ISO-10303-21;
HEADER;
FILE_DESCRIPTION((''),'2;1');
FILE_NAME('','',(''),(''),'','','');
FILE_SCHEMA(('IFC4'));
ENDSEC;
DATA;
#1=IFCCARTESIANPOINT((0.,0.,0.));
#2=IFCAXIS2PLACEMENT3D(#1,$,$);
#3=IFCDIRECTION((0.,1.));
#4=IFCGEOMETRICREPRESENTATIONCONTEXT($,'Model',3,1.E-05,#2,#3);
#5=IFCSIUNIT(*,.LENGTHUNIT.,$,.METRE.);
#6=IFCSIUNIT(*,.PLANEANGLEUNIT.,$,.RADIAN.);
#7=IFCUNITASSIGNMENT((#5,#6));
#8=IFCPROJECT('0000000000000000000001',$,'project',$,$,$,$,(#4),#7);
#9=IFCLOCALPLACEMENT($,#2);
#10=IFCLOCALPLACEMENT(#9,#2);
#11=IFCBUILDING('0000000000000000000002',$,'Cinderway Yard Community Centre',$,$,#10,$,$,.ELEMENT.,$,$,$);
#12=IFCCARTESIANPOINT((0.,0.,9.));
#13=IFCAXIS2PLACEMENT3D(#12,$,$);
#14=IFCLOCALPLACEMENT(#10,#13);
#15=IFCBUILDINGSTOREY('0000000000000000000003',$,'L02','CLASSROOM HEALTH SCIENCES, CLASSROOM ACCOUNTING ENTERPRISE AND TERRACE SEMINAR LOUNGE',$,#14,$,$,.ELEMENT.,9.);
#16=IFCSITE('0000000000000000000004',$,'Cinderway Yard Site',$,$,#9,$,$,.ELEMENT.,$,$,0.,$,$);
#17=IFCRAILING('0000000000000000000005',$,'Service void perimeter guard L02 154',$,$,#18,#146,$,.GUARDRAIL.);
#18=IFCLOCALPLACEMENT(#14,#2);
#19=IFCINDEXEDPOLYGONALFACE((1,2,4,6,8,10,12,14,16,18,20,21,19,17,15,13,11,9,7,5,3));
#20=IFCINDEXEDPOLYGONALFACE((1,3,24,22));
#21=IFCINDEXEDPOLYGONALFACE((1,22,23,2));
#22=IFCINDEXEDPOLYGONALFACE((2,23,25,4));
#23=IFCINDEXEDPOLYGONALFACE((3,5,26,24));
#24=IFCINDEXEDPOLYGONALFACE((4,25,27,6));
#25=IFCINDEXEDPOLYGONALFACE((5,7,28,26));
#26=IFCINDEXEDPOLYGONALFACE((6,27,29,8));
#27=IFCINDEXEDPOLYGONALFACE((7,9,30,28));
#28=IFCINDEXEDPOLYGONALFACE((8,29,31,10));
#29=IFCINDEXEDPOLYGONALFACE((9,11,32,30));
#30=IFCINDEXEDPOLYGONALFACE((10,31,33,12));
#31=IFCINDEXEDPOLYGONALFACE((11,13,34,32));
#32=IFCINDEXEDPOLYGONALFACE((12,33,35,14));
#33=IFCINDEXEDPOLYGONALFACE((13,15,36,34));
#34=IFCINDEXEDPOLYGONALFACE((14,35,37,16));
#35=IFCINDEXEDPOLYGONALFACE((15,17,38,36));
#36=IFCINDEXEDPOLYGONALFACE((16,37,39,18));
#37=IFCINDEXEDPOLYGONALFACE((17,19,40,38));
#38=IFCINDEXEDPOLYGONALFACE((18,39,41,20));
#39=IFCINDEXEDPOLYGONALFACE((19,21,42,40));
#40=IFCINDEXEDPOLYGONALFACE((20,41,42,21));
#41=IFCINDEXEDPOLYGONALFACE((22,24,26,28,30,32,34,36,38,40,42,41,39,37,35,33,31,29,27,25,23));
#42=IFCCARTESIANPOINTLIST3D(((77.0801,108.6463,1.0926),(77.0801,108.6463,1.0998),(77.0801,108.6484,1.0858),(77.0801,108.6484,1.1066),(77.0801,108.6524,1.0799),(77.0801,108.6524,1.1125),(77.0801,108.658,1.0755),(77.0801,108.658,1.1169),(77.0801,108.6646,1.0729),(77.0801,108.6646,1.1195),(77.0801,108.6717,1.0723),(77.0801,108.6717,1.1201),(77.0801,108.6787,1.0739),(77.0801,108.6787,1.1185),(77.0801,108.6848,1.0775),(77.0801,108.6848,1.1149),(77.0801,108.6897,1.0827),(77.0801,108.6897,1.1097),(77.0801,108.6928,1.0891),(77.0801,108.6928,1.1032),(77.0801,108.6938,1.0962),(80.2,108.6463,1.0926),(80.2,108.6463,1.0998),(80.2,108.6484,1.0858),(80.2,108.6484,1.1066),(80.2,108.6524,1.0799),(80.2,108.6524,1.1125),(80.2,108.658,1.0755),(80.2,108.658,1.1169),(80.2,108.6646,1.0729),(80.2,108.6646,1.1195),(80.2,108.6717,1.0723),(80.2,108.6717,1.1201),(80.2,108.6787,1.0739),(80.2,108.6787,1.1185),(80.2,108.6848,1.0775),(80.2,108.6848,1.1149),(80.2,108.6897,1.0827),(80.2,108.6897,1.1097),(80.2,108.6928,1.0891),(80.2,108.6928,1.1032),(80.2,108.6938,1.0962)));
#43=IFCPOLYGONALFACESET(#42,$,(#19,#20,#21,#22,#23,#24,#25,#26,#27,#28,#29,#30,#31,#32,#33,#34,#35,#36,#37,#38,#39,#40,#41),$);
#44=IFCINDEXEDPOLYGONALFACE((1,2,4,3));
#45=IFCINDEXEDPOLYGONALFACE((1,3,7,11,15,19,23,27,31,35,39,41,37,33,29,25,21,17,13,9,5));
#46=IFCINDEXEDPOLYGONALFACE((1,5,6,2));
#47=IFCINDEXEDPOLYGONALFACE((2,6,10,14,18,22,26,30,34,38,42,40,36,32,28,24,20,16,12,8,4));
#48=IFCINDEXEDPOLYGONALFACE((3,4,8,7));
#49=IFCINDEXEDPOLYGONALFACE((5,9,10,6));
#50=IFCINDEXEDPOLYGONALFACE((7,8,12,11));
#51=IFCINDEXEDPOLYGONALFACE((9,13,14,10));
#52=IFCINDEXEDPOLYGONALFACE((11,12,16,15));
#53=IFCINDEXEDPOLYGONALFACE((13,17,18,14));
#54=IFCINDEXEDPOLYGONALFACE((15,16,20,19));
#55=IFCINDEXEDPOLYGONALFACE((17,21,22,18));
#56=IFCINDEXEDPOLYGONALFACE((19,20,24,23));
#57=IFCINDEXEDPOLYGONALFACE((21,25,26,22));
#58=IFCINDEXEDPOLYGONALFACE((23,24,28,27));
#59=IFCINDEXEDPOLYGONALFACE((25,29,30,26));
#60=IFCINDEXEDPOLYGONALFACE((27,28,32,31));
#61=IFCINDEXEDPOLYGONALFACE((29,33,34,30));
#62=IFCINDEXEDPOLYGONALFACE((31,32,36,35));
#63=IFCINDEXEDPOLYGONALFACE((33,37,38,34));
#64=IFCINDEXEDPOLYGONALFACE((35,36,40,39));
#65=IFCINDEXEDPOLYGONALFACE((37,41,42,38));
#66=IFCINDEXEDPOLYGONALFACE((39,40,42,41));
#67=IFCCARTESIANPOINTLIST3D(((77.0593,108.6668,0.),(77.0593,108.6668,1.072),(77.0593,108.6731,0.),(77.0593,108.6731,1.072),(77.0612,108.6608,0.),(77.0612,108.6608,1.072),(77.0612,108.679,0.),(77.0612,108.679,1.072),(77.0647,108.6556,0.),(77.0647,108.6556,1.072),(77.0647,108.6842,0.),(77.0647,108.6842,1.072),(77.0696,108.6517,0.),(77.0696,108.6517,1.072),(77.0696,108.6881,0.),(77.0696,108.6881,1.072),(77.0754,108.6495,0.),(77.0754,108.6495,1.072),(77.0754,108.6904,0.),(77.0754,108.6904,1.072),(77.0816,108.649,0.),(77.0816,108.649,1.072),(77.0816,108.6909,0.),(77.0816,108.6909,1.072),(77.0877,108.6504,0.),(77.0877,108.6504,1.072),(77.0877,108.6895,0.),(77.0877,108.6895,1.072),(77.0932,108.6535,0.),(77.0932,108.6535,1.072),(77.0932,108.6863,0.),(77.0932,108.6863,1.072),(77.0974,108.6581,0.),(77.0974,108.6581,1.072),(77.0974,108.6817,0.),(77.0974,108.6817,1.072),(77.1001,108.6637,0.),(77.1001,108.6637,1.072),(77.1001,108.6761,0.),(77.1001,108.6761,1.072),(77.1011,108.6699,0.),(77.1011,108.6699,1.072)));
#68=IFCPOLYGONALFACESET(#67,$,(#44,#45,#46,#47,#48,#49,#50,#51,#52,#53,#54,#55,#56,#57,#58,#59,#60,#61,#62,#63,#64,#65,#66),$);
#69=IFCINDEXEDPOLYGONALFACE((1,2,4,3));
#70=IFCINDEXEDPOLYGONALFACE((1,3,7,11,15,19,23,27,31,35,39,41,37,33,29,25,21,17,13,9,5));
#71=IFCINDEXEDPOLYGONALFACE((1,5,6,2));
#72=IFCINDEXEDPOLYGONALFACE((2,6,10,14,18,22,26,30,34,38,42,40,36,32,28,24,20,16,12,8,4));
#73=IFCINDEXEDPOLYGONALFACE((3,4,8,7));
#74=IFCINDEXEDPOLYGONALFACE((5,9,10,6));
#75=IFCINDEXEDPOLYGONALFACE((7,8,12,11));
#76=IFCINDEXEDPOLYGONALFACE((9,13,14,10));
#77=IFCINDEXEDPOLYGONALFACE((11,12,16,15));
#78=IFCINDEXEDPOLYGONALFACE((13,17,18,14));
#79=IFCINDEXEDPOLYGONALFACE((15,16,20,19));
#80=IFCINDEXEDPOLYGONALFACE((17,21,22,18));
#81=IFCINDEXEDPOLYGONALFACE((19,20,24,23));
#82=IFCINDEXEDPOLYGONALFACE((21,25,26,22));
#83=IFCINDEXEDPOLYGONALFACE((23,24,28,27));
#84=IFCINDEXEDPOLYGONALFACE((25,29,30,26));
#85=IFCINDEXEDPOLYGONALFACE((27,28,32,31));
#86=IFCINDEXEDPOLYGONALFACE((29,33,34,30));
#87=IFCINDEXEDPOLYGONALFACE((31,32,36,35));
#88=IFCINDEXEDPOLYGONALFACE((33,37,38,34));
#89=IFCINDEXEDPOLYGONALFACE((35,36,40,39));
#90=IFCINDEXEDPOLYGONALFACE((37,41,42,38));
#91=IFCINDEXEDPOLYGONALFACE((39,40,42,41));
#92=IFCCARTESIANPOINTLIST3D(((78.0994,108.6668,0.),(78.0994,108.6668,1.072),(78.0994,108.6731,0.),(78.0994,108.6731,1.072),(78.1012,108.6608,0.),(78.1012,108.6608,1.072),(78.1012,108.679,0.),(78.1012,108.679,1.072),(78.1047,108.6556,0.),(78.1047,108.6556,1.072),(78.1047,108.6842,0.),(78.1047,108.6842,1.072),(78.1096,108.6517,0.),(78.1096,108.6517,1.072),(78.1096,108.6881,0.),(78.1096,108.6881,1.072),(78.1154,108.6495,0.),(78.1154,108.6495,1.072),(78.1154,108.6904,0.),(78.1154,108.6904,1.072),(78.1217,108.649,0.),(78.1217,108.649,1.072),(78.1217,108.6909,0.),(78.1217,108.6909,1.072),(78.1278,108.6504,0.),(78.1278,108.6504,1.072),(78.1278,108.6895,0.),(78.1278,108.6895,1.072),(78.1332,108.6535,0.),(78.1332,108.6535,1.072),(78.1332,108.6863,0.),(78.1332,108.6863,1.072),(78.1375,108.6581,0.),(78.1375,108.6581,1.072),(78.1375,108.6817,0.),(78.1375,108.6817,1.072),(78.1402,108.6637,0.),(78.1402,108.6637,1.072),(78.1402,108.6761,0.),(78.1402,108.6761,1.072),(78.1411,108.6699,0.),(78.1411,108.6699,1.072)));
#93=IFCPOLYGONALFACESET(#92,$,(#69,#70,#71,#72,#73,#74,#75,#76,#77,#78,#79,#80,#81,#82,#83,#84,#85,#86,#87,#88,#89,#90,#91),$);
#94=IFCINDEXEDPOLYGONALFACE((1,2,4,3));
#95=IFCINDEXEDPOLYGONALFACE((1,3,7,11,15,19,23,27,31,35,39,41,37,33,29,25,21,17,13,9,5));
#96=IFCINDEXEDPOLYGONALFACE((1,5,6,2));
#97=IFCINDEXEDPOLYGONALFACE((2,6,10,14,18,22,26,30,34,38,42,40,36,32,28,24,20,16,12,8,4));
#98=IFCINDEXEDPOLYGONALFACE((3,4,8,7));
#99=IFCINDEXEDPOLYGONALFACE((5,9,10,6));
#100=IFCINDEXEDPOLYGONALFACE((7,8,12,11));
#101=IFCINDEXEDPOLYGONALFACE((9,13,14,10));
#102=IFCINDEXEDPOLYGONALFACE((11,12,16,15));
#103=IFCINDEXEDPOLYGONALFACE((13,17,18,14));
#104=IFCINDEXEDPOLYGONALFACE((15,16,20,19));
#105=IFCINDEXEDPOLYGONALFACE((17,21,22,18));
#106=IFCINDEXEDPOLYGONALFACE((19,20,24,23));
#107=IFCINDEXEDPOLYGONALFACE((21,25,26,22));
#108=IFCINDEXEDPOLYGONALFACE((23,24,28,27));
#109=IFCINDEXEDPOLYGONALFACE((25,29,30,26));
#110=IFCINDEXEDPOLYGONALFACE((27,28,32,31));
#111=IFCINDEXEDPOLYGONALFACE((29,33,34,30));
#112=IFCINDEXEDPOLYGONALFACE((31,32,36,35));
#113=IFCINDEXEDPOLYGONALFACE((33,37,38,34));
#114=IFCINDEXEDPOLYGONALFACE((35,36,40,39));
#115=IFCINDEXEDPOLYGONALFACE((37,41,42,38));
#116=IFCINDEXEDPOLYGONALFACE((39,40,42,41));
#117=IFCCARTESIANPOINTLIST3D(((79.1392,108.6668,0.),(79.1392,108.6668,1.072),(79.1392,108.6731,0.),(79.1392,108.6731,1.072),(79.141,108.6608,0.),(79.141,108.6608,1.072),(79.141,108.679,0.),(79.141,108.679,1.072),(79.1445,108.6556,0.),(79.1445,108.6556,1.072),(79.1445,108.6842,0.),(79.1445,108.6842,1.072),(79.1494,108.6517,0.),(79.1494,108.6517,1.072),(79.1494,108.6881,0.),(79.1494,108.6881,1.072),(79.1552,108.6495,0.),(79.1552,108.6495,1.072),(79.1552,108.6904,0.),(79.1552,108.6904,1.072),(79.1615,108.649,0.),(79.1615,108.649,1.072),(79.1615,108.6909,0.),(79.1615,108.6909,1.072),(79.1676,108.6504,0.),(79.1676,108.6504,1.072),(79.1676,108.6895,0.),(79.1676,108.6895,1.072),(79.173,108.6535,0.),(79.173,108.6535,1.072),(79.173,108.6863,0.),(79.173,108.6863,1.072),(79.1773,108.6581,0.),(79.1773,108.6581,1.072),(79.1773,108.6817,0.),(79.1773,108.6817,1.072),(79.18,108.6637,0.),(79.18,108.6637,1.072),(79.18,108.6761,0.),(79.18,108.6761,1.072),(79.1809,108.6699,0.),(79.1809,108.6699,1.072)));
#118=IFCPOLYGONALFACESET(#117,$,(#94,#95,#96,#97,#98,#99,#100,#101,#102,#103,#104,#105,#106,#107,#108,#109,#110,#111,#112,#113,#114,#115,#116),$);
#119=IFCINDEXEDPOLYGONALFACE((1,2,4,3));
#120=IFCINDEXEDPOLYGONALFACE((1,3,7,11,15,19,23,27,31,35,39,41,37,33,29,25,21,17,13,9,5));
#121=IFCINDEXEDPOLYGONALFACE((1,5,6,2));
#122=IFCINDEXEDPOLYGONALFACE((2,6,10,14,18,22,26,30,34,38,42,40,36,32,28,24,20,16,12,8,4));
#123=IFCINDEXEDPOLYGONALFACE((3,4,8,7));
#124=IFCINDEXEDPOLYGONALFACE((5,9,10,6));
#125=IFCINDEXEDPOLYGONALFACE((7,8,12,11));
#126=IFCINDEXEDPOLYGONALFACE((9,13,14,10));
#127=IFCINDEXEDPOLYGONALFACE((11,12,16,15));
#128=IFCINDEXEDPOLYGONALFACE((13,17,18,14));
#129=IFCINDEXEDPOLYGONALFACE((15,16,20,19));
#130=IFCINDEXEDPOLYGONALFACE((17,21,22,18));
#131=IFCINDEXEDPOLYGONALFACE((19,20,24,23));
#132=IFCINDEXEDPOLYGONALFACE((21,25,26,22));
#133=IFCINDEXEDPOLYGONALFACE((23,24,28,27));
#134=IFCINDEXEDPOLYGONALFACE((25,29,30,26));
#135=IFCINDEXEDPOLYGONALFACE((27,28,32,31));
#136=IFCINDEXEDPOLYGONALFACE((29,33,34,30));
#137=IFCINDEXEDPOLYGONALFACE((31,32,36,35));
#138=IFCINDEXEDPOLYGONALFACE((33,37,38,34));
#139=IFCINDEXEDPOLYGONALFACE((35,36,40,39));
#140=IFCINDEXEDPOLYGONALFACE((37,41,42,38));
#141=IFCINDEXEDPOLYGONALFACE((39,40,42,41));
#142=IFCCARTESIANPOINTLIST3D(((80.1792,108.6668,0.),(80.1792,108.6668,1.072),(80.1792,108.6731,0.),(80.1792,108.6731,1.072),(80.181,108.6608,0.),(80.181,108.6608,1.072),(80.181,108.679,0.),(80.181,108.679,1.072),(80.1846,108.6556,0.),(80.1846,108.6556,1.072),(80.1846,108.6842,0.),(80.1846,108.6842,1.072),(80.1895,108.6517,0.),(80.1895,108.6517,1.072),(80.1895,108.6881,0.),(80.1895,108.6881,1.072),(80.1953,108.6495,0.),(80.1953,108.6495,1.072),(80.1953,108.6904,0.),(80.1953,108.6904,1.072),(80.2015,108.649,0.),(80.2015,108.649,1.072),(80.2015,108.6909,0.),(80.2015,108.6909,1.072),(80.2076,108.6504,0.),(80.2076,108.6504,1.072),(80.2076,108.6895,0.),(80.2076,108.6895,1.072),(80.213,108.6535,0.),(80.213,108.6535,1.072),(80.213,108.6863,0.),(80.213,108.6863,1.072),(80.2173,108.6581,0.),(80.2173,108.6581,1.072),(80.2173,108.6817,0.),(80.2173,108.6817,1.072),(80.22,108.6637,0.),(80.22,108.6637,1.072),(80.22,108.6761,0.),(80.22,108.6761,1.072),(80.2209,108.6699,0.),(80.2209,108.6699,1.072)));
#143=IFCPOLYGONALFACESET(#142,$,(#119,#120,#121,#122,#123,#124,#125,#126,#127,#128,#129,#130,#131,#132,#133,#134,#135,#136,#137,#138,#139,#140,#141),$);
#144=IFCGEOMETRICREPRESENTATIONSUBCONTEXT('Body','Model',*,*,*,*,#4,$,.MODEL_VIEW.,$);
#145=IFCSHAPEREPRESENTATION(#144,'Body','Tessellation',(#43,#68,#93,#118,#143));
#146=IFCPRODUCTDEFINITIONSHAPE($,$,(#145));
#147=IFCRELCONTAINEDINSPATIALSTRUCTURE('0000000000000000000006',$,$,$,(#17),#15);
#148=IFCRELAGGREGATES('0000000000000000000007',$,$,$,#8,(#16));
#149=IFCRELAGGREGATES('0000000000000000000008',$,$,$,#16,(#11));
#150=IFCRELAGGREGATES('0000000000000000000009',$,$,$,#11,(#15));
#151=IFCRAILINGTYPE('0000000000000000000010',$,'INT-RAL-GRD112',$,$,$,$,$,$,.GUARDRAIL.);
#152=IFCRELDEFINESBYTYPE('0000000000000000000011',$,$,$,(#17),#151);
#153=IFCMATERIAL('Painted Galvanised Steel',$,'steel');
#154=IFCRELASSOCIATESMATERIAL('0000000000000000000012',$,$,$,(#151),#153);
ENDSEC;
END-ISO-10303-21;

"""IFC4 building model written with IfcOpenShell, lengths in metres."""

from ifc_helpers import new_model, si_unit, direction, frame, origin, origin_2d, place, context, subcontext, project, spatial, circle, extrude, material, type_object, element, save


model = new_model("IFC4")

# Units and contexts
model_context = context("Model", 3, precision=1e-05, world=origin(), true_north=direction((0.0, 1.0)))
body_context = subcontext(model_context, "Body", "Model", "MODEL_VIEW")
ifc_project = project(units=[si_unit("LENGTHUNIT", "METRE"), si_unit("PLANEANGLEUNIT", "RADIAN")], contexts=[model_context])

# Site, building, storey
site_placement = place(None, origin())
site = spatial("IfcSite", under=ifc_project, at=site_placement, Name="Cinderway Yard Site", CompositionType="ELEMENT", RefElevation=0.0)
building_placement = place(site_placement, origin())
building = spatial("IfcBuilding", under=site, at=building_placement, Name="Cinderway Yard Community Centre", CompositionType="ELEMENT")
storey_placement = place(building_placement, frame((0.0, 0.0, 9.0)))
storey = spatial("IfcBuildingStorey", under=building, at=storey_placement, Name="L02", Description="CLASSROOM HEALTH SCIENCES, CLASSROOM ACCOUNTING ENTERPRISE AND TERRACE SEMINAR LOUNGE", CompositionType="ELEMENT", Elevation=9.0)

# Shared definitions
ifc_material_1 = material(Name="Painted Galvanised Steel", Category="steel")

# Railing
railing_type_1 = type_object("IfcRailingType", Name="INT-RAL-GRD112", PredefinedType="GUARDRAIL", material=ifc_material_1)
railing_1_placement = place(storey_placement, frame((77.0801, 108.6699, 0.0)))
element("IfcRailing", 1, at=railing_1_placement, inside=storey, type_object=railing_type_1, Name="Service void perimeter guard L02 154", PredefinedType="GUARDRAIL", context=body_context, shape_type="SweptSolid", body=[
    extrude(circle(Radius=0.0239, at=origin_2d()), frame((0.0, 0.0, 1.0962), z_axis=(1.0, 0.0, 0.0), x_axis=(0.0, 1.0, 0.0)), (0.0, 0.0, 1.0), 3.1199),
    extrude(circle(Radius=0.021, at=origin_2d()), origin(), (0.0, 0.0, 1.0), 1.072),
    extrude(circle(Radius=0.021, at=origin_2d()), frame((1.04, 0.0, 0.0)), (0.0, 0.0, 1.0), 1.072),
    extrude(circle(Radius=0.021, at=origin_2d()), frame((2.0798, 0.0, 0.0)), (0.0, 0.0, 1.0), 1.072),
    extrude(circle(Radius=0.021, at=origin_2d()), frame((3.1199, 0.0, 0.0)), (0.0, 0.0, 1.0), 1.072),
])

save(model, "model.ifc")
